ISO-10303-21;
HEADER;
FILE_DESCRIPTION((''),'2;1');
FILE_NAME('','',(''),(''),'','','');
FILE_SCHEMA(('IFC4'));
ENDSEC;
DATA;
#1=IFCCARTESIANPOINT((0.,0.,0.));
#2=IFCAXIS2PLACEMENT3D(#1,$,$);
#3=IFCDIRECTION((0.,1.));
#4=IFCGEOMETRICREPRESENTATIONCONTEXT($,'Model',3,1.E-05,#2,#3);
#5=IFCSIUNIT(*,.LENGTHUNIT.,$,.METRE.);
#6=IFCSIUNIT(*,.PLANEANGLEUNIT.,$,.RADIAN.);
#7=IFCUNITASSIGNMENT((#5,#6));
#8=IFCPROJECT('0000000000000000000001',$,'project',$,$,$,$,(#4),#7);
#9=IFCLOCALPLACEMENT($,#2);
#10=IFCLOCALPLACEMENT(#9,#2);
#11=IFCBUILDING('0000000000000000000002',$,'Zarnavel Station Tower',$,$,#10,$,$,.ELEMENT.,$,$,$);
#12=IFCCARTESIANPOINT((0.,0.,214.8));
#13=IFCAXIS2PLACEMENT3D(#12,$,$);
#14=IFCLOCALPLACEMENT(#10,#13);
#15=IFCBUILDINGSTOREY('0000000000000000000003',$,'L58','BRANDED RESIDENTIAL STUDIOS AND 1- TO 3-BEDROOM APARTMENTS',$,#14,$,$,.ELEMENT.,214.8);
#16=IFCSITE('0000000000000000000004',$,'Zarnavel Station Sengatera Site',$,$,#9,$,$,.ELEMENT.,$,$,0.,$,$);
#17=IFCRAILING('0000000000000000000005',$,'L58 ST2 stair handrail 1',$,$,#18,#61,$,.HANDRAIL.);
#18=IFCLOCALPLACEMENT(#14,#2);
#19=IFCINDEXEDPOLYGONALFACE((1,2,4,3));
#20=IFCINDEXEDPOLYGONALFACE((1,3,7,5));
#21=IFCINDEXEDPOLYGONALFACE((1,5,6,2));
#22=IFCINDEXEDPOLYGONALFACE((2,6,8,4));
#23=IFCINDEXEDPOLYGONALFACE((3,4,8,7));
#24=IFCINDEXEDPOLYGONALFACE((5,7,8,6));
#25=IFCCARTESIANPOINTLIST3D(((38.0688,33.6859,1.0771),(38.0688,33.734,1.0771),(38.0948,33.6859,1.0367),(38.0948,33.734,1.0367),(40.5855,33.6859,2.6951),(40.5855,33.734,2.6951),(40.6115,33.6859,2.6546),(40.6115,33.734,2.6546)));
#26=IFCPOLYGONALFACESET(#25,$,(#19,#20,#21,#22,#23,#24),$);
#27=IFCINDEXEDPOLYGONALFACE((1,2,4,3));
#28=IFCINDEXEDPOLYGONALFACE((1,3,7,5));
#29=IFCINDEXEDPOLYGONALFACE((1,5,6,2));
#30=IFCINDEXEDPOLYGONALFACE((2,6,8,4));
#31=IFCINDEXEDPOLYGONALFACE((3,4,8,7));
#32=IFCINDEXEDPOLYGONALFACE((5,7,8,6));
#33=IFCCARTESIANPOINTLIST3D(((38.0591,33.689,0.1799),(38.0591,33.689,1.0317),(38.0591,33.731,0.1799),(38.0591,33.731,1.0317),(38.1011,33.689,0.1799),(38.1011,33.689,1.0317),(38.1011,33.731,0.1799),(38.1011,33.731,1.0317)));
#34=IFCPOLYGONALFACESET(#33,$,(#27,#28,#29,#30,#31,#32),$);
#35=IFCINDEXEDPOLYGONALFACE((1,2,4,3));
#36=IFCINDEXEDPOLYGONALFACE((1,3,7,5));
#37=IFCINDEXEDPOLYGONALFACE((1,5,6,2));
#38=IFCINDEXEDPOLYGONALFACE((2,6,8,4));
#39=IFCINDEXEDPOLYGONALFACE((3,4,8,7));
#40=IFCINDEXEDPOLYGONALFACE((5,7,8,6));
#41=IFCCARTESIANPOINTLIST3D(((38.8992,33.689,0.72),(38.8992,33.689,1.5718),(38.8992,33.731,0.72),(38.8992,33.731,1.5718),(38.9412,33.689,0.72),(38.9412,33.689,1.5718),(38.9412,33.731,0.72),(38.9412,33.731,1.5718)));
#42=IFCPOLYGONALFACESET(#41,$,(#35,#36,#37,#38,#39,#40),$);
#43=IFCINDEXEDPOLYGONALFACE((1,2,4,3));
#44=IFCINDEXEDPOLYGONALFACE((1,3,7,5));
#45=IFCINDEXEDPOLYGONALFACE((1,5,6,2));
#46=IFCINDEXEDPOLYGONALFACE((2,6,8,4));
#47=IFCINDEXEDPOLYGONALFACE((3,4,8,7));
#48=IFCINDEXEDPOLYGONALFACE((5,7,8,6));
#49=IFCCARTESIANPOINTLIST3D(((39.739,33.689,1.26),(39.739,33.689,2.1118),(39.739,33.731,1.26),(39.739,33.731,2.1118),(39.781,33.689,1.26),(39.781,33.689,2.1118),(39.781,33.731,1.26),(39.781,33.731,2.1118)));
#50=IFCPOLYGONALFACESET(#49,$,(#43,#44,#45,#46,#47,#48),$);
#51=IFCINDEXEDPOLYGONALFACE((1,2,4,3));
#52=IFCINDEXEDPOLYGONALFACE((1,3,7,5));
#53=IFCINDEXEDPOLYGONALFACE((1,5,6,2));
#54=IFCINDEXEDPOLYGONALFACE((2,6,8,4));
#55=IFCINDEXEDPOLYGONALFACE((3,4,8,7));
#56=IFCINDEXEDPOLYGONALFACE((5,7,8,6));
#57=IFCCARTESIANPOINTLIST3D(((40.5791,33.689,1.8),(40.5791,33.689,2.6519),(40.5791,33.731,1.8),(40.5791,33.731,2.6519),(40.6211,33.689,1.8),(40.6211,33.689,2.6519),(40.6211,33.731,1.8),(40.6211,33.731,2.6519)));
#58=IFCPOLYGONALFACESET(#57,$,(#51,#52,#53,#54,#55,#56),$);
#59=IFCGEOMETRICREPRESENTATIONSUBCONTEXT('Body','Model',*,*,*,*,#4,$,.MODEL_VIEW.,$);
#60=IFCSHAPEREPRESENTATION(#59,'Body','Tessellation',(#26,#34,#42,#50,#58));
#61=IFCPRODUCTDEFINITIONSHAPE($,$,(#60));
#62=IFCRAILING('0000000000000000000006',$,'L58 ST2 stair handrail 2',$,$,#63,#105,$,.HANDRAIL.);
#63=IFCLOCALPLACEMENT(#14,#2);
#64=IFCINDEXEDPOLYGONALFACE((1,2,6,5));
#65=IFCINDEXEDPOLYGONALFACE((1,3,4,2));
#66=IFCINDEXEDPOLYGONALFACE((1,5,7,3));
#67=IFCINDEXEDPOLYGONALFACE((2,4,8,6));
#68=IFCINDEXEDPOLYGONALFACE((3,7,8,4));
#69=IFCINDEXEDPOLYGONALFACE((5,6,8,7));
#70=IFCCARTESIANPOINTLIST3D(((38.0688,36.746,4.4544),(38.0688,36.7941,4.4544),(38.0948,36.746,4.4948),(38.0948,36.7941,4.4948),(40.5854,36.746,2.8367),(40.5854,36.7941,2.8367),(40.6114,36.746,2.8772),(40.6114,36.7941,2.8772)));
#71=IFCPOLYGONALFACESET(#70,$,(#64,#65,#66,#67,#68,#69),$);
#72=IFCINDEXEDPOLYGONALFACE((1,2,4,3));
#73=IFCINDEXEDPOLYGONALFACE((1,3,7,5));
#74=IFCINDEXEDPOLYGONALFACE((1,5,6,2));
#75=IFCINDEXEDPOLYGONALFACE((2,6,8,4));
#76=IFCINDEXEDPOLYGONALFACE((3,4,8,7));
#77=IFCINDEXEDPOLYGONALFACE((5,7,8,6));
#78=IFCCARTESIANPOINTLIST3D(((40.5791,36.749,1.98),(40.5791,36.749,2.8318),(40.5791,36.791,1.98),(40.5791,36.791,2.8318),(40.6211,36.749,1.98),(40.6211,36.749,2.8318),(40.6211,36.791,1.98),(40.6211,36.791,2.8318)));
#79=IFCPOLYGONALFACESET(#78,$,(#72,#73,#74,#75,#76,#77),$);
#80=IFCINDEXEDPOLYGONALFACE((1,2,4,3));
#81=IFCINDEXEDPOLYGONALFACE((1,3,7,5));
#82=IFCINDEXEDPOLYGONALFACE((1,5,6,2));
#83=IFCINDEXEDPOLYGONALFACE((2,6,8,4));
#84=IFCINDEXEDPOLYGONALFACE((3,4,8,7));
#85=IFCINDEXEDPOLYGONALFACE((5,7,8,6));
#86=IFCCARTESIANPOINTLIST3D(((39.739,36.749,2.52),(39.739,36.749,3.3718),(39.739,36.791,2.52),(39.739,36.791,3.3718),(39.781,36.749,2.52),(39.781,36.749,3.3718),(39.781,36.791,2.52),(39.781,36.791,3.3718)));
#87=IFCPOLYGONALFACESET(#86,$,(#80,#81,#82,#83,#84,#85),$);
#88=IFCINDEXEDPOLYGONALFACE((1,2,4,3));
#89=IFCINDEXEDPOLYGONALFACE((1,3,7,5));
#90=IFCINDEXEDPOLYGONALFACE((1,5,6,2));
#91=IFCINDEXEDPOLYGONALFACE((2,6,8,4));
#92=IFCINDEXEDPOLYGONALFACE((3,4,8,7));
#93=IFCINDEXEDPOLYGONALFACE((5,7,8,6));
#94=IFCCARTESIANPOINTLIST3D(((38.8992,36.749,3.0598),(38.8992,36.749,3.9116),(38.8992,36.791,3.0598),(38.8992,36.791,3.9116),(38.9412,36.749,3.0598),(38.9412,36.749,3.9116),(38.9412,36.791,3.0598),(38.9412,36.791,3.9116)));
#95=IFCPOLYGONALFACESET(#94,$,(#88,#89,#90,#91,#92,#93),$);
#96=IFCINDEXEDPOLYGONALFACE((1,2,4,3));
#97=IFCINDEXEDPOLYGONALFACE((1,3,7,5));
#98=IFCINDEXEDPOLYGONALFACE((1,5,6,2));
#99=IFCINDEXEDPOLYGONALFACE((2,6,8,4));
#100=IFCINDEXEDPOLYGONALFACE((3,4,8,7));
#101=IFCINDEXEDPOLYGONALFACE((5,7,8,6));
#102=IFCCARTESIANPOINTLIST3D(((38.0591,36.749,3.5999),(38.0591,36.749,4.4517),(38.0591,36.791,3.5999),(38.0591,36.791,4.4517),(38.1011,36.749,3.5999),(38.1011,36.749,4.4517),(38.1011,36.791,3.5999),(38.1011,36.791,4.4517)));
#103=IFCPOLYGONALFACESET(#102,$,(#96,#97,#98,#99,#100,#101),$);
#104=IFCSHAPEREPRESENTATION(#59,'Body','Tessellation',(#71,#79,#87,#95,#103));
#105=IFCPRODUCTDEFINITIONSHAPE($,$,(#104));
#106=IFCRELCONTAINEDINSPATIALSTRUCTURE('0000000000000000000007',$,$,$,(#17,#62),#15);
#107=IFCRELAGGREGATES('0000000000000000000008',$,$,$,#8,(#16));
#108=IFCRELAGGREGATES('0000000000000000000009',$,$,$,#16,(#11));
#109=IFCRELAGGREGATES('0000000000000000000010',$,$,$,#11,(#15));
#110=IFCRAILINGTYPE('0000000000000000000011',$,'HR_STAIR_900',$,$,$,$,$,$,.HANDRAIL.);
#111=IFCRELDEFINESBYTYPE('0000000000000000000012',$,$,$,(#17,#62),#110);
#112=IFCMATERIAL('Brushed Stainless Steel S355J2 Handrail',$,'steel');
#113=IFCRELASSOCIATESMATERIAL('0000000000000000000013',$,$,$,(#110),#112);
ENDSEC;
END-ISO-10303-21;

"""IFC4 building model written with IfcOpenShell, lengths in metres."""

from ifc_helpers import new_model, si_unit, direction, frame, origin, origin_2d, place, context, subcontext, project, spatial, rectangle, extrude, material, type_object, element, save


model = new_model("IFC4")

# Units and contexts
model_context = context("Model", 3, precision=1e-05, world=origin(), true_north=direction((0.0, 1.0)))
body_context = subcontext(model_context, "Body", "Model", "MODEL_VIEW")
ifc_project = project(units=[si_unit("LENGTHUNIT", "METRE"), si_unit("PLANEANGLEUNIT", "RADIAN")], contexts=[model_context])

# Site, building, storey
site_placement = place(None, origin())
site = spatial("IfcSite", under=ifc_project, at=site_placement, Name="Zarnavel Station Sengatera Site", CompositionType="ELEMENT", RefElevation=0.0)
building_placement = place(site_placement, origin())
building = spatial("IfcBuilding", under=site, at=building_placement, Name="Zarnavel Station Tower", CompositionType="ELEMENT")
storey_placement = place(building_placement, frame((0.0, 0.0, 214.8)))
storey = spatial("IfcBuildingStorey", under=building, at=storey_placement, Name="L58", Description="BRANDED RESIDENTIAL STUDIOS AND 1- TO 3-BEDROOM APARTMENTS", CompositionType="ELEMENT", Elevation=214.8)

# Railings
ifc_material_1 = material(Name="Brushed Stainless Steel S355J2 Handrail", Category="steel")
railing_type_1 = type_object("IfcRailingType", Name="HR_STAIR_900", PredefinedType="HANDRAIL", material=ifc_material_1)
railing_1_placement = place(storey_placement, frame((38.0801, 33.71, 0.1799)))
element("IfcRailing", 1, at=railing_1_placement, inside=storey, type_object=railing_type_1, Name="L58 ST2 stair handrail 1", PredefinedType="HANDRAIL", context=body_context, shape_type="SweptSolid", body=[
    extrude(rectangle(XDim=0.0481, YDim=0.0481, at=origin_2d()), frame((0.0017, 0.0, 0.877), z_axis=(0.841163, 0.0, 0.540782), x_axis=(0.0, 1.0, 0.0)), (0.0, 0.0, 1.0), 2.9919),
    extrude(rectangle(XDim=0.042, YDim=0.042, at=origin_2d()), origin(), (0.0, 0.0, 1.0), 0.8518),
    extrude(rectangle(XDim=0.042, YDim=0.042, at=origin_2d()), frame((0.8401, 0.0, 0.54)), (0.0, 0.0, 1.0), 0.8518),
    extrude(rectangle(XDim=0.042, YDim=0.042, at=origin_2d()), frame((1.6799, 0.0, 1.0801)), (0.0, 0.0, 1.0), 0.8518),
    extrude(rectangle(XDim=0.042, YDim=0.042, at=origin_2d()), frame((2.52, 0.0, 1.6201)), (0.0, 0.0, 1.0), 0.8518),
])
railing_2_placement = place(storey_placement, frame((40.6001, 36.77, 1.98)))
element("IfcRailing", 2, at=railing_2_placement, inside=storey, type_object=railing_type_1, Name="L58 ST2 stair handrail 2", PredefinedType="HANDRAIL", context=body_context, shape_type="SweptSolid", body=[
    extrude(rectangle(XDim=0.0481, YDim=0.0481, at=origin_2d()), frame((-0.0017, 0.0, 0.877), z_axis=(-0.8412, 0.0, 0.540725), x_axis=(0.0, -1.0, 0.0)), (0.0, 0.0, 1.0), 2.9917),
    extrude(rectangle(XDim=0.042, YDim=0.042, at=origin_2d()), origin(), (0.0, 0.0, 1.0), 0.8518),
    extrude(rectangle(XDim=0.042, YDim=0.042, at=origin_2d()), frame((-0.8401, 0.0, 0.54)), (0.0, 0.0, 1.0), 0.8518),
    extrude(rectangle(XDim=0.042, YDim=0.042, at=origin_2d()), frame((-1.6799, 0.0, 1.0798)), (0.0, 0.0, 1.0), 0.8518),
    extrude(rectangle(XDim=0.042, YDim=0.042, at=origin_2d()), frame((-2.52, 0.0, 1.6199)), (0.0, 0.0, 1.0), 0.8518),
])

save(model, "model.ifc")
